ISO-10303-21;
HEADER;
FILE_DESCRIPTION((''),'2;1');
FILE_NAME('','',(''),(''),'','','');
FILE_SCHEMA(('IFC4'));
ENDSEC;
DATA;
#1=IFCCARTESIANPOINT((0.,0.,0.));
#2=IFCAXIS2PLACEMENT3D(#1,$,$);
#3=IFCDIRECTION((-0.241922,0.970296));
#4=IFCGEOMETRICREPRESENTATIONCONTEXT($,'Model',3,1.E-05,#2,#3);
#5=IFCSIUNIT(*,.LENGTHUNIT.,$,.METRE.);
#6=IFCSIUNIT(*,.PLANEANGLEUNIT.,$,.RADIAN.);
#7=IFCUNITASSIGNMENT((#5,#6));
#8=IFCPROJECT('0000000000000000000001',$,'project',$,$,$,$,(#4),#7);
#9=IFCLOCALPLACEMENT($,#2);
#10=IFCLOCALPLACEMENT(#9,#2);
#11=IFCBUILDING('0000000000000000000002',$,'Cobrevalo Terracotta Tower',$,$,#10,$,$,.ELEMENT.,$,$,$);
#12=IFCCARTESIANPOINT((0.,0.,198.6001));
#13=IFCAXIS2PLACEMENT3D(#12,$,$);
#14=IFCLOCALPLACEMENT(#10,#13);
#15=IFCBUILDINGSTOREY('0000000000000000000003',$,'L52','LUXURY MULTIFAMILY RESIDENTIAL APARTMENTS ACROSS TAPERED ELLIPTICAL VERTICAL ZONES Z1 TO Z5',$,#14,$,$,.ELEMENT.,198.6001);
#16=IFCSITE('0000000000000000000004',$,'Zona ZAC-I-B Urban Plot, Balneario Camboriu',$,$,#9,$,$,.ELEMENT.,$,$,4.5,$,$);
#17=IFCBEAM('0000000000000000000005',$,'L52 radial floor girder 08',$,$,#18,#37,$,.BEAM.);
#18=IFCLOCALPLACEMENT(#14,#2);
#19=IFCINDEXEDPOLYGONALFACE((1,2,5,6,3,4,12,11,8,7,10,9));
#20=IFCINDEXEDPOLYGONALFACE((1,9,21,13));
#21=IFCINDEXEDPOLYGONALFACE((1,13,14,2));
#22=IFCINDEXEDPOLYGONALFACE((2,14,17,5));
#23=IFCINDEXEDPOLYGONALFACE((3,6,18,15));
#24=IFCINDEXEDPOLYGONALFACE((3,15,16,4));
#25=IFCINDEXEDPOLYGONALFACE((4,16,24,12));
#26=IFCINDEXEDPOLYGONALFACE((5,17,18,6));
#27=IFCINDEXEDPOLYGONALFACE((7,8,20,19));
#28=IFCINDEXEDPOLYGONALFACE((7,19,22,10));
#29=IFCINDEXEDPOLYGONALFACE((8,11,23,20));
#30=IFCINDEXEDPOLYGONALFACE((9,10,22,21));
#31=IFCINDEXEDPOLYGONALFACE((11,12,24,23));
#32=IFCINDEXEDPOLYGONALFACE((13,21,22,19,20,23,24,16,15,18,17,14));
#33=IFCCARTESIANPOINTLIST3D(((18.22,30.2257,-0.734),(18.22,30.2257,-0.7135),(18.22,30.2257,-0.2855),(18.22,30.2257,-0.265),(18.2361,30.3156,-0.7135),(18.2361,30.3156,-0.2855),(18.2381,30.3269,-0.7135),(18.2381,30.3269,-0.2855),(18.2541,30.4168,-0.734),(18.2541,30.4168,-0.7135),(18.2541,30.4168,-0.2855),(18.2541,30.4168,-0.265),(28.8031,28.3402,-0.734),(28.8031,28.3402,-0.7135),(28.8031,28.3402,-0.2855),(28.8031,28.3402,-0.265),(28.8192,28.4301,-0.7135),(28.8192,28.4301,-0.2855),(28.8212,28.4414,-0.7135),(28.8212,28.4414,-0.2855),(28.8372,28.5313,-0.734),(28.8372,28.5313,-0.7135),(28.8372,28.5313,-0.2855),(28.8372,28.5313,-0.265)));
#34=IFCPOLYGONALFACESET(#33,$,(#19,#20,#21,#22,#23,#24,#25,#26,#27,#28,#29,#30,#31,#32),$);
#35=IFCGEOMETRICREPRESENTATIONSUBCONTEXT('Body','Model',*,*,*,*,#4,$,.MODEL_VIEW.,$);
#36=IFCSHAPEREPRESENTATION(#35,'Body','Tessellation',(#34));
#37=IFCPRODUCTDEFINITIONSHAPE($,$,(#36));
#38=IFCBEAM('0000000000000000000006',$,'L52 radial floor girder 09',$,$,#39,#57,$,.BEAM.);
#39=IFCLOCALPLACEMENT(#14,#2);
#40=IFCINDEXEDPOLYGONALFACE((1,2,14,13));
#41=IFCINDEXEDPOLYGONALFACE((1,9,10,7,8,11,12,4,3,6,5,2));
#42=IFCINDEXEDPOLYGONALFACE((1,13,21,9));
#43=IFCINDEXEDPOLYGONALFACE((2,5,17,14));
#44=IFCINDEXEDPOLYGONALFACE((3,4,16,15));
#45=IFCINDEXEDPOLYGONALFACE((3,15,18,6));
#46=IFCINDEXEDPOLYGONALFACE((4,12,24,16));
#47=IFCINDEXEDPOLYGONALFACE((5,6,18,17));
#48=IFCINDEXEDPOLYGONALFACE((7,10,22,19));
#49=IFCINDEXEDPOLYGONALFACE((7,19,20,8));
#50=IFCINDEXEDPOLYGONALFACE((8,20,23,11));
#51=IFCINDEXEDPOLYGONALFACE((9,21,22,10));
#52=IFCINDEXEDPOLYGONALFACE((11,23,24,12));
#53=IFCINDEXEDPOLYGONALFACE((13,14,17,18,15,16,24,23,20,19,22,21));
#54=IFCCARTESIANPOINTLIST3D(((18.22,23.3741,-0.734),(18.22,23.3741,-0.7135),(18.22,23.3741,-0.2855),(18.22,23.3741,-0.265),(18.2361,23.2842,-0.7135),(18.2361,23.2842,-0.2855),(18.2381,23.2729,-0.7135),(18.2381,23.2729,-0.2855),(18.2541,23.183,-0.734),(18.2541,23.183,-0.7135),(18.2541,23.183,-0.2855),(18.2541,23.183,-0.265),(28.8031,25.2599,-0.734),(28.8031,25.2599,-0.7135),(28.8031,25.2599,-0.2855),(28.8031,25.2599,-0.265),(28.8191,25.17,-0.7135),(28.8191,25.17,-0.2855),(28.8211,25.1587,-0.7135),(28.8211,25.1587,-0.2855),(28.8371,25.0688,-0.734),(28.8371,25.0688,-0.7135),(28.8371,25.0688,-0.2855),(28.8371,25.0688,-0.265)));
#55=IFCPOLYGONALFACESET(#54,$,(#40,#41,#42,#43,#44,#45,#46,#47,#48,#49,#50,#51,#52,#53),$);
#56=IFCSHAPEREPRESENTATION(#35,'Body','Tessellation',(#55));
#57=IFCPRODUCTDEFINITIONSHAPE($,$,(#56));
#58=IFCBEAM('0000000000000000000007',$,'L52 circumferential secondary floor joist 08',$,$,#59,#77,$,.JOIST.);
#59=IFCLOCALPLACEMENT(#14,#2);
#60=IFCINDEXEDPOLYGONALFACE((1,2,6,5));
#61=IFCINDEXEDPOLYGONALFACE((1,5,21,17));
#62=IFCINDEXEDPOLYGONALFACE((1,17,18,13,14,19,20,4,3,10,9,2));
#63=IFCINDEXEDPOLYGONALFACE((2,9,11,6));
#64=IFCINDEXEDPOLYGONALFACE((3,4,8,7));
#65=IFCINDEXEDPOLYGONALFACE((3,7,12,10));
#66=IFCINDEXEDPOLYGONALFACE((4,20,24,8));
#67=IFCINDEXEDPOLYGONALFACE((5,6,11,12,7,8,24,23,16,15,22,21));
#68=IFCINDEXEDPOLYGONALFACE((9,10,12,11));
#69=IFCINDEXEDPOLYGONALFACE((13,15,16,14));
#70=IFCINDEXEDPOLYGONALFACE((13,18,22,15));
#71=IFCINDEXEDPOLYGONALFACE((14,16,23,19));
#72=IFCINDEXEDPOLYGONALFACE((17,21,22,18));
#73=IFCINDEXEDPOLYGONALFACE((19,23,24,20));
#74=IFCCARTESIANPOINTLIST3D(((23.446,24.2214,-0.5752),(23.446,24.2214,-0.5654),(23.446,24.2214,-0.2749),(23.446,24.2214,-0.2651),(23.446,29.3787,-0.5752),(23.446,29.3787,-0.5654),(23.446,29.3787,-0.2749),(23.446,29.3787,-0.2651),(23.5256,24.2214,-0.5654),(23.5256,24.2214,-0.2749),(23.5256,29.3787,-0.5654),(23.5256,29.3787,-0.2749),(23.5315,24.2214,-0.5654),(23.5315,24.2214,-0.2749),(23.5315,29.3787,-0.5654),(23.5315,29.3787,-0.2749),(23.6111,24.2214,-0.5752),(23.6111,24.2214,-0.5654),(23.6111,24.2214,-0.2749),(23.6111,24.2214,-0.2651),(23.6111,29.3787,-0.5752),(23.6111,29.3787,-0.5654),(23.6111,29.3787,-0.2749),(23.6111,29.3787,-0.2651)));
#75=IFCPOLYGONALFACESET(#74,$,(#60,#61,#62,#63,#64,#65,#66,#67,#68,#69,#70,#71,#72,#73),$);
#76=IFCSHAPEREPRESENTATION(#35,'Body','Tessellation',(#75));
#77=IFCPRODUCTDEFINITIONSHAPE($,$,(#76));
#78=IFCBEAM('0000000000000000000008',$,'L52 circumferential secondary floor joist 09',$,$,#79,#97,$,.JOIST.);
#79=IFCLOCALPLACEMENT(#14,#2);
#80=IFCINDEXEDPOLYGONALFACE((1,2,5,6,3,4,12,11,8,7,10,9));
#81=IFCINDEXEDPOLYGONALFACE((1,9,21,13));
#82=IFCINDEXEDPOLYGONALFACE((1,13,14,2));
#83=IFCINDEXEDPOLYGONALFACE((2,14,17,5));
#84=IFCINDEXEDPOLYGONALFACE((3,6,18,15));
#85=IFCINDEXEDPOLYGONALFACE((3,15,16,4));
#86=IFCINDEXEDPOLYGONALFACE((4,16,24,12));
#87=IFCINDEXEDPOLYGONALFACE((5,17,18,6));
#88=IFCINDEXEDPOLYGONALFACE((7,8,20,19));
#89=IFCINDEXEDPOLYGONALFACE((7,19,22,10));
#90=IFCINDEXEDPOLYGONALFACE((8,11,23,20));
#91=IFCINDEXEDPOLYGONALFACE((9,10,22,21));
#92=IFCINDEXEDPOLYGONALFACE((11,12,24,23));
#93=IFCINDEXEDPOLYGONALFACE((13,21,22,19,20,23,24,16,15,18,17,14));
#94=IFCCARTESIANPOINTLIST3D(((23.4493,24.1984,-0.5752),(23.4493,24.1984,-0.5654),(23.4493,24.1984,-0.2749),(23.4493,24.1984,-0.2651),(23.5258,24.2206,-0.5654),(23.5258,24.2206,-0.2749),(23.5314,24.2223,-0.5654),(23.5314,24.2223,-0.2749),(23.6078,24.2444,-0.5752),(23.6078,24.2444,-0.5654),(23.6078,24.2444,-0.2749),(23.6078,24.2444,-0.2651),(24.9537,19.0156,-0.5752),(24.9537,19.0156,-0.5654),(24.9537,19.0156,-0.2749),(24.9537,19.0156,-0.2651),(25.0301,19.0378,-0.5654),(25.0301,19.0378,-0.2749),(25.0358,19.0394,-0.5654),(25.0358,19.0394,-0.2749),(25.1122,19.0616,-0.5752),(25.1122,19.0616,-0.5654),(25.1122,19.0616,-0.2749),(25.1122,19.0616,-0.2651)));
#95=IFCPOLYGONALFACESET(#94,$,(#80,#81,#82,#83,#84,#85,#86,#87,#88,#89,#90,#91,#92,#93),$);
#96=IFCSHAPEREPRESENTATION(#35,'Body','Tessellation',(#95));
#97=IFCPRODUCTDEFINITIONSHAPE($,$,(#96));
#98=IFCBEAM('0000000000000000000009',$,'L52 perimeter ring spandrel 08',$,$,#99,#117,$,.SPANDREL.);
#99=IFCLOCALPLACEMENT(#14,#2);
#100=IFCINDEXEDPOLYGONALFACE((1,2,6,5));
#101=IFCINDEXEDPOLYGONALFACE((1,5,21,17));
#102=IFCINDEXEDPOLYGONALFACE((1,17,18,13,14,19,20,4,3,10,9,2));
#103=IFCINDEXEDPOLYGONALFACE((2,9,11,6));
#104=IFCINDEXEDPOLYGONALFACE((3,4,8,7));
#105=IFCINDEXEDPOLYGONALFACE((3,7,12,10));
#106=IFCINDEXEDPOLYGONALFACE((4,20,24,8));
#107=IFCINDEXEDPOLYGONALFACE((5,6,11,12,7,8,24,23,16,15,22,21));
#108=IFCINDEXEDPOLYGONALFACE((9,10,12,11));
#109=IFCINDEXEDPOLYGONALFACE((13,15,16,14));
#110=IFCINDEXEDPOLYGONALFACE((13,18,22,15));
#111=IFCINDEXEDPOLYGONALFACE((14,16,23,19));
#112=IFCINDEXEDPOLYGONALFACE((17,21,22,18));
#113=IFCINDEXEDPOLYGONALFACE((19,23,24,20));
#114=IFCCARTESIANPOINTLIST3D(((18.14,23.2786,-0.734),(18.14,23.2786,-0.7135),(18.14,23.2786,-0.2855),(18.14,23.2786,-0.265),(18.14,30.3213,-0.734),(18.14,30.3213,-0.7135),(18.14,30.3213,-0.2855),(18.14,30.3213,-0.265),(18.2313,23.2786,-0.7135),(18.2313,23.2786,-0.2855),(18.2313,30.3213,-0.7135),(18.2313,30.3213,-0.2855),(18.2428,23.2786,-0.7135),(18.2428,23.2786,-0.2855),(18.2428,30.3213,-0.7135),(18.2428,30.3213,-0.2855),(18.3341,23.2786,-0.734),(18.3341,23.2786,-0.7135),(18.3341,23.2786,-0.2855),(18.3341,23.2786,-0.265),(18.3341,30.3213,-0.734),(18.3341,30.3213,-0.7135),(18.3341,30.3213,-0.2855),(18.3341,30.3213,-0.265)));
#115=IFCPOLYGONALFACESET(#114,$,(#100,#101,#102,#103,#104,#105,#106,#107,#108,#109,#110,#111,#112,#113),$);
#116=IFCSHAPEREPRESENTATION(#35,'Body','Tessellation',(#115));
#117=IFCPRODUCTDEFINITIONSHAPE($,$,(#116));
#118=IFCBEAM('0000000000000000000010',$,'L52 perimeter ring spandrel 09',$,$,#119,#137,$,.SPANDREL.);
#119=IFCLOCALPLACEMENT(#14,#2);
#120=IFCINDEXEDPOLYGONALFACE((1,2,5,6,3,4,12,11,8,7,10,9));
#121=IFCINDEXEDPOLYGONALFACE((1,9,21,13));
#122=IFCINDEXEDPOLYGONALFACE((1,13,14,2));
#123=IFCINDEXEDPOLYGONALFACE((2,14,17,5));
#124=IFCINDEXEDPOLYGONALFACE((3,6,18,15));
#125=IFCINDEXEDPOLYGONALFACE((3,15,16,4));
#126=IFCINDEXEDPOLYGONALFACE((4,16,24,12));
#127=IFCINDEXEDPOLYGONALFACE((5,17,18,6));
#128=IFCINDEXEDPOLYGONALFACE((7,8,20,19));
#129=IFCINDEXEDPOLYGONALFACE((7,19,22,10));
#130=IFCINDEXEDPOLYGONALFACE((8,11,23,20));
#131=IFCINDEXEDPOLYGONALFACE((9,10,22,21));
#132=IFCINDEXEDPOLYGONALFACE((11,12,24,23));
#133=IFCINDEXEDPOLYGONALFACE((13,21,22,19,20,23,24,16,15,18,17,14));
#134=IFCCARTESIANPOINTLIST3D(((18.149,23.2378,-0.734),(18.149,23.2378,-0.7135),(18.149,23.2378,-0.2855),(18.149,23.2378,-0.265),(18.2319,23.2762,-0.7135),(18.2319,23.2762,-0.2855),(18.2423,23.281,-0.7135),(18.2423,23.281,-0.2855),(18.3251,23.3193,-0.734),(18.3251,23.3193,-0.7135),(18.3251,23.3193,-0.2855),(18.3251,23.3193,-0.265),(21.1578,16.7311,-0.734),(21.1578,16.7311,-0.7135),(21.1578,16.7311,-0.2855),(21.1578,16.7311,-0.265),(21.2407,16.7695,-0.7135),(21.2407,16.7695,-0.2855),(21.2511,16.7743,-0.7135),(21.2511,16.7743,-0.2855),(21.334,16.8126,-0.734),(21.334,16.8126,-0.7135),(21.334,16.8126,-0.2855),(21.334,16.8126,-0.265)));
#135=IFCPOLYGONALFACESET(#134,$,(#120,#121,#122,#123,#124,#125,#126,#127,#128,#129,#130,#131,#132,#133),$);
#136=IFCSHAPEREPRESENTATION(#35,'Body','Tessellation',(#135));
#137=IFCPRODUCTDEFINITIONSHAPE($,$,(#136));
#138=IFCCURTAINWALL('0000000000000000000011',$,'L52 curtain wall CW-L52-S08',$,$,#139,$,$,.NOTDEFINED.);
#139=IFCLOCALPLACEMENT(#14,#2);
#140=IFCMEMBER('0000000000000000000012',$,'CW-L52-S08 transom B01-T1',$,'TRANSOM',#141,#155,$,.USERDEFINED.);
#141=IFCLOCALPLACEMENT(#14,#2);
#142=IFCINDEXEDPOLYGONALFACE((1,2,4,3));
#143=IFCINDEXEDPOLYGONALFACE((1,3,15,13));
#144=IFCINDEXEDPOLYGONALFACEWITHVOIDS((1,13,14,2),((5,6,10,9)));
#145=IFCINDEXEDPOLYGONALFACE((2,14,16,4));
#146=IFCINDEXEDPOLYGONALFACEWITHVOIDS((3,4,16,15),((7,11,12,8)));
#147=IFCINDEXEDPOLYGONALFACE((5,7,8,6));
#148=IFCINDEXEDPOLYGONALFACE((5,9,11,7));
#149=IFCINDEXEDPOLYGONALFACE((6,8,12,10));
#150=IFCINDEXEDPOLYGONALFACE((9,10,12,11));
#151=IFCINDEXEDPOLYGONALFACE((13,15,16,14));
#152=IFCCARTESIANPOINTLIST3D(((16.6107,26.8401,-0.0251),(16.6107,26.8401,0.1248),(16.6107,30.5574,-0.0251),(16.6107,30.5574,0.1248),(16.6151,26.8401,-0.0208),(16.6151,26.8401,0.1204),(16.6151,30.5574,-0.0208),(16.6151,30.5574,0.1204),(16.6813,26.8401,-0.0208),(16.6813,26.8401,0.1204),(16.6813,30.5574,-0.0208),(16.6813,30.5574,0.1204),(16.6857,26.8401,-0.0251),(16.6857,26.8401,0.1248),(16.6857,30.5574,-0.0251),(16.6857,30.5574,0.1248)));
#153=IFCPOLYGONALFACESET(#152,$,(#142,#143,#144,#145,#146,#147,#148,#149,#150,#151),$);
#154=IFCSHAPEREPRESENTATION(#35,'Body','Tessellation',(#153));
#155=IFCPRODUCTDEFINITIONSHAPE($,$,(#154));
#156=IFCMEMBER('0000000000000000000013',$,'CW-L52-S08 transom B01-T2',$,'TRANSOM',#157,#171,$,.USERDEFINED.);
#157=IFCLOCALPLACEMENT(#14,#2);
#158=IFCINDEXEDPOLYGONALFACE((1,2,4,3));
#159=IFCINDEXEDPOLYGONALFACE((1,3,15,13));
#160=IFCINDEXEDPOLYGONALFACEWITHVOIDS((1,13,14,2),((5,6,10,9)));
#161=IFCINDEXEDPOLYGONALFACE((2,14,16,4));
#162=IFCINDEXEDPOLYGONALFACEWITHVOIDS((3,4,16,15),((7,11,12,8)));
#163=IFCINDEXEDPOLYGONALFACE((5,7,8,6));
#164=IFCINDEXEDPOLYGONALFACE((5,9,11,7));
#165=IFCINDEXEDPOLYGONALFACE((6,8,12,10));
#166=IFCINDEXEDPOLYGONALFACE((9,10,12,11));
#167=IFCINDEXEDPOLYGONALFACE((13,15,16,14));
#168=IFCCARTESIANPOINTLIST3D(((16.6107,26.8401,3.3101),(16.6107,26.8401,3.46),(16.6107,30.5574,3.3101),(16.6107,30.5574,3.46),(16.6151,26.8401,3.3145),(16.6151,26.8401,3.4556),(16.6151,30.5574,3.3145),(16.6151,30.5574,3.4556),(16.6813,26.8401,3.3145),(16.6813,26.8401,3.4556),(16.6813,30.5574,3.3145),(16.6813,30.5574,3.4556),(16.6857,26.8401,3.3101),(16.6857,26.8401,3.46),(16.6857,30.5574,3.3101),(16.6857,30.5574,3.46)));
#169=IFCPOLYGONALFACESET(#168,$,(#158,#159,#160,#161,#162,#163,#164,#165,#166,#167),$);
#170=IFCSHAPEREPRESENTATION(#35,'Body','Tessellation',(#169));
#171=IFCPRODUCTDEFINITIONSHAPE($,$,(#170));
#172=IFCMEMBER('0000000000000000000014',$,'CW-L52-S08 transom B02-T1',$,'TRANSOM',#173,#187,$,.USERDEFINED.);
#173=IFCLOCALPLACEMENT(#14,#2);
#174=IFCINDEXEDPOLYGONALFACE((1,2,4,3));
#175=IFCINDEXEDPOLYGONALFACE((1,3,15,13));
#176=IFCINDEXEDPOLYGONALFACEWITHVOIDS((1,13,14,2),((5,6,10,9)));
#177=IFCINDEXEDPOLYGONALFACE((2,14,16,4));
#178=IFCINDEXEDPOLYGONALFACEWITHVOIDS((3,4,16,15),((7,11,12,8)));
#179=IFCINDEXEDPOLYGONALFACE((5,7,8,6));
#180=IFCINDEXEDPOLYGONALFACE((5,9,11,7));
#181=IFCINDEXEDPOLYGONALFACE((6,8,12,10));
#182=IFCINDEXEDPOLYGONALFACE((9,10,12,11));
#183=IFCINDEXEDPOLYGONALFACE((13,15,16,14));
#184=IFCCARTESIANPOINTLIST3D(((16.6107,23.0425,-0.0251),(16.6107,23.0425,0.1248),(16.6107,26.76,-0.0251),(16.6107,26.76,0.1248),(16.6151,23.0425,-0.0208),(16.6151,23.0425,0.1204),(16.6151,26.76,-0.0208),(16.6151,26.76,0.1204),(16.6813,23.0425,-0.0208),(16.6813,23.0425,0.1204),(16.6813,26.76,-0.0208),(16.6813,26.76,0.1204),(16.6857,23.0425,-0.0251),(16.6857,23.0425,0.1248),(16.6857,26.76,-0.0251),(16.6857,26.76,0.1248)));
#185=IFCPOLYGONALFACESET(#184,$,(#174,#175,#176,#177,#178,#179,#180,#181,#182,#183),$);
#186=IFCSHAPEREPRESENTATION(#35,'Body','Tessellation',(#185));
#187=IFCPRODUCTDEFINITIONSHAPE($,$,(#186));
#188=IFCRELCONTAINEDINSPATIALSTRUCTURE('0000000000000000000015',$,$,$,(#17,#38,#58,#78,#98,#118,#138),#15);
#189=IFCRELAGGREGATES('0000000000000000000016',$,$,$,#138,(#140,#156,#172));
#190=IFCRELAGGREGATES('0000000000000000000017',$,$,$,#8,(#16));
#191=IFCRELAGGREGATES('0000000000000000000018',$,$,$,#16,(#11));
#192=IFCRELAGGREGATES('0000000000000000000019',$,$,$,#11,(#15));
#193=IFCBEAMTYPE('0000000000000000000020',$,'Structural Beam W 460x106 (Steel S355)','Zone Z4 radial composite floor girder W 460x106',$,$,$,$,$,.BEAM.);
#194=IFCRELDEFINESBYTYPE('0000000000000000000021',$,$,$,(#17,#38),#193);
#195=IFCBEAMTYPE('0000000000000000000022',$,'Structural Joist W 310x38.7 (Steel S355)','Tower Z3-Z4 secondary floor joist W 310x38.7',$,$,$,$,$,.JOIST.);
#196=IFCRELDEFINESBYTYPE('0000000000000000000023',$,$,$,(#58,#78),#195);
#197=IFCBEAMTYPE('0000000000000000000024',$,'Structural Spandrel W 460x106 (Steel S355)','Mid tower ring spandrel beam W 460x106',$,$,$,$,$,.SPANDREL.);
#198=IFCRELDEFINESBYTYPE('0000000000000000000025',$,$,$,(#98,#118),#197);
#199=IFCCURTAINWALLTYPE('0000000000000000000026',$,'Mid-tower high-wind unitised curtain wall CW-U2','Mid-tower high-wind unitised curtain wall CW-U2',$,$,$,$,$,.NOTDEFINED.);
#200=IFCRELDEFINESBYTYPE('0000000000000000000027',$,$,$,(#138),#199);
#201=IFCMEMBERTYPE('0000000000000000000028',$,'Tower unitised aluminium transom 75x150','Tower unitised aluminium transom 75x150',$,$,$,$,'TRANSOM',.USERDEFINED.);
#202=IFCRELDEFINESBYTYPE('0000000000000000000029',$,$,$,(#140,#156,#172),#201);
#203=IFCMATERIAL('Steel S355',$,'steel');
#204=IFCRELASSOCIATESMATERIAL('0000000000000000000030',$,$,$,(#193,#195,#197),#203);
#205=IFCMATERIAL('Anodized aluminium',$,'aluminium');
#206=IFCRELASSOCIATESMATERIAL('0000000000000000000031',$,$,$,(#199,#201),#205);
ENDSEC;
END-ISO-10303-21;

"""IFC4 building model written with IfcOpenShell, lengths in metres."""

from ifc_helpers import new_model, si_unit, direction, frame, origin, origin_2d, place, context, subcontext, project, spatial, hollow_rectangle, i_section, extrude, source, transform, mapped, material, material_profile, profile_set, type_object, element, aggregate, save


model = new_model("IFC4")

# Units and contexts
model_context = context("Model", 3, precision=1e-05, world=origin(), true_north=direction((-0.241922, 0.970296)))
body_context = subcontext(model_context, "Body", "Model", "MODEL_VIEW")
ifc_project = project(units=[si_unit("LENGTHUNIT", "METRE"), si_unit("PLANEANGLEUNIT", "RADIAN")], contexts=[model_context])

# Site, building, storey
site_placement = place(None, origin())
site = spatial("IfcSite", under=ifc_project, at=site_placement, Name="Zona ZAC-I-B Urban Plot, Balneario Camboriu", CompositionType="ELEMENT", RefElevation=4.5)
building_placement = place(site_placement, origin())
building = spatial("IfcBuilding", under=site, at=building_placement, Name="Cobrevalo Terracotta Tower", CompositionType="ELEMENT")
storey_placement = place(building_placement, frame((0.0, 0.0, 198.6001)))
storey = spatial("IfcBuildingStorey", under=building, at=storey_placement, Name="L52", Description="LUXURY MULTIFAMILY RESIDENTIAL APARTMENTS ACROSS TAPERED ELLIPTICAL VERTICAL ZONES Z1 TO Z5", CompositionType="ELEMENT", Elevation=198.6001)

# Shared definitions
ifc_material_1 = material(Name="Steel S355", Category="steel")

# Beams
ifc_material_profile_1 = material_profile(ifc_material_1, i_section(OverallWidth=0.1941, OverallDepth=0.469, WebThickness=0.0115, FlangeThickness=0.0205, at=origin_2d()), Name="W 460x106")
ifc_profile_set_1 = profile_set([ifc_material_profile_1], Name="Steel S355")
beam_type_1 = type_object("IfcBeamType", Name="Structural Beam W 460x106 (Steel S355)", Description="Zone Z4 radial composite floor girder W 460x106", PredefinedType="BEAM", material=ifc_profile_set_1)
for number, where, z_axis, x_axis, name in (
    (1, (18.2371, 30.3213, -0.4995), (0.984497, -0.175401, 0.0), (0.175401, 0.984497, 0.0), "L52 radial floor girder 08"),
    (2, (18.2371, 23.2786, -0.4995), (0.984493, 0.175423, 0.0), (-0.175423, 0.984493, 0.0), "L52 radial floor girder 09"),
):
    element("IfcBeam", number, at=place(storey_placement, frame(where, z_axis=z_axis, x_axis=x_axis)), inside=storey, type_object=beam_type_1, Name=name, PredefinedType="BEAM", context=body_context, shape_type="SweptSolid", body=[
        extrude(i_section(OverallWidth=0.1941, OverallDepth=0.469, WebThickness=0.0115, FlangeThickness=0.0205, at=origin_2d()), origin(), (0.0, 0.0, 1.0), 10.7498),
    ])
ifc_material_profile_2 = material_profile(ifc_material_1, i_section(OverallWidth=0.165, OverallDepth=0.3101, WebThickness=0.0059, FlangeThickness=0.0098, at=origin_2d()), Name="W 310x38.7")
ifc_profile_set_2 = profile_set([ifc_material_profile_2], Name="Steel S355")
beam_type_2 = type_object("IfcBeamType", Name="Structural Joist W 310x38.7 (Steel S355)", Description="Tower Z3-Z4 secondary floor joist W 310x38.7", PredefinedType="JOIST", material=ifc_profile_set_2)
beam_1_placement = place(storey_placement, frame((23.5286, 29.3787, -0.4202), z_axis=(0.0, -1.0, 0.0), x_axis=(1.0, 0.0, 0.0)))
element("IfcBeam", 3, at=beam_1_placement, inside=storey, type_object=beam_type_2, Name="L52 circumferential secondary floor joist 08", PredefinedType="JOIST", context=body_context, shape_type="SweptSolid", body=[
    extrude(i_section(OverallWidth=0.165, OverallDepth=0.3101, WebThickness=0.0059, FlangeThickness=0.0098, at=origin_2d()), origin(), (0.0, 0.0, 1.0), 5.1572),
])
beam_2_placement = place(storey_placement, frame((23.5286, 24.2214, -0.4202), z_axis=(0.278758, -0.960361, 0.0), x_axis=(0.960361, 0.278758, 0.0)))
element("IfcBeam", 4, at=beam_2_placement, inside=storey, type_object=beam_type_2, Name="L52 circumferential secondary floor joist 09", PredefinedType="JOIST", context=body_context, shape_type="SweptSolid", body=[
    extrude(i_section(OverallWidth=0.165, OverallDepth=0.3101, WebThickness=0.0059, FlangeThickness=0.0098, at=origin_2d()), origin(), (0.0, 0.0, 1.0), 5.3967),
])
ifc_material_profile_3 = material_profile(ifc_material_1, i_section(OverallWidth=0.1941, OverallDepth=0.469, WebThickness=0.0115, FlangeThickness=0.0205, at=origin_2d()), Name="W 460x106")
ifc_profile_set_3 = profile_set([ifc_material_profile_3], Name="Steel S355")
beam_type_3 = type_object("IfcBeamType", Name="Structural Spandrel W 460x106 (Steel S355)", Description="Mid tower ring spandrel beam W 460x106", PredefinedType="SPANDREL", material=ifc_profile_set_3)
beam_3_placement = place(storey_placement, frame((18.2371, 30.3213, -0.4995), z_axis=(0.0, -1.0, 0.0), x_axis=(1.0, 0.0, 0.0)))
element("IfcBeam", 5, at=beam_3_placement, inside=storey, type_object=beam_type_3, Name="L52 perimeter ring spandrel 08", PredefinedType="SPANDREL", context=body_context, shape_type="SweptSolid", body=[
    extrude(i_section(OverallWidth=0.1941, OverallDepth=0.469, WebThickness=0.0115, FlangeThickness=0.0205, at=origin_2d()), origin(), (0.0, 0.0, 1.0), 7.0427),
])
beam_4_placement = place(storey_placement, frame((18.2371, 23.2786, -0.4995), z_axis=(0.419719, -0.907654, 0.0), x_axis=(0.907654, 0.419719, 0.0)))
element("IfcBeam", 6, at=beam_4_placement, inside=storey, type_object=beam_type_3, Name="L52 perimeter ring spandrel 09", PredefinedType="SPANDREL", context=body_context, shape_type="SweptSolid", body=[
    extrude(i_section(OverallWidth=0.1941, OverallDepth=0.469, WebThickness=0.0115, FlangeThickness=0.0205, at=origin_2d()), origin(), (0.0, 0.0, 1.0), 7.1687),
])

# Curtain wall, members
ifc_material_2 = material(Name="Anodized aluminium", Category="aluminium")
curtain_wall_type = type_object("IfcCurtainWallType", Name="Mid-tower high-wind unitised curtain wall CW-U2", Description="Mid-tower high-wind unitised curtain wall CW-U2", PredefinedType="NOTDEFINED", material=ifc_material_2)
curtain_wall_1_placement = place(storey_placement, origin())
curtain_wall_1 = element("IfcCurtainWall", 7, at=curtain_wall_1_placement, inside=storey, type_object=curtain_wall_type, Name="L52 curtain wall CW-L52-S08", PredefinedType="NOTDEFINED")
ifc_material_profile_4 = material_profile(ifc_material_2, hollow_rectangle(XDim=0.075, YDim=0.1499, WallThickness=0.0044, at=origin_2d()), Name="CWT 75x150")
ifc_profile_set_4 = profile_set([ifc_material_profile_4], Name="Anodized aluminium")
member_type_1 = type_object("IfcMemberType", Name="Tower unitised aluminium transom 75x150", Description="Tower unitised aluminium transom 75x150", ElementType="TRANSOM", PredefinedType="USERDEFINED", material=ifc_profile_set_4)
shared_shape_1 = source(origin(), body_context, "Body", "SweptSolid", [
    extrude(hollow_rectangle(XDim=0.075, YDim=0.1499, WallThickness=0.0044, at=origin_2d()), origin(), (0.0, 0.0, 1.0), 3.7173),
])
member_1_placement = place(storey_placement, frame((16.6482, 30.5574, 0.0498), z_axis=(0.0, -1.0, 0.0), x_axis=(1.0, 0.0, 0.0)))
member_1 = element("IfcMember", 8, at=member_1_placement, type_object=member_type_1, Name="CW-L52-S08 transom B01-T1", ObjectType="TRANSOM", PredefinedType="USERDEFINED", context=body_context, shape_type="MappedRepresentation", body=[
    mapped(shared_shape_1, transform((0.0, 0.0, 0.0), scale=1.0)),
])
member_2_placement = place(storey_placement, frame((16.6482, 30.5574, 3.385), z_axis=(0.0, -1.0, 0.0), x_axis=(1.0, 0.0, 0.0)))
member_2 = element("IfcMember", 9, at=member_2_placement, type_object=member_type_1, Name="CW-L52-S08 transom B01-T2", ObjectType="TRANSOM", PredefinedType="USERDEFINED", context=body_context, shape_type="MappedRepresentation", body=[
    mapped(shared_shape_1, transform((0.0, 0.0, 0.0), scale=1.0)),
])
shared_shape_2 = source(origin(), body_context, "Body", "SweptSolid", [
    extrude(hollow_rectangle(XDim=0.075, YDim=0.1499, WallThickness=0.0044, at=origin_2d()), origin(), (0.0, 0.0, 1.0), 3.7175),
])
member_3_placement = place(storey_placement, frame((16.6482, 26.76, 0.0498), z_axis=(0.0, -1.0, 0.0), x_axis=(1.0, 0.0, 0.0)))
member_3 = element("IfcMember", 10, at=member_3_placement, type_object=member_type_1, Name="CW-L52-S08 transom B02-T1", ObjectType="TRANSOM", PredefinedType="USERDEFINED", context=body_context, shape_type="MappedRepresentation", body=[
    mapped(shared_shape_2, transform((0.0, 0.0, 0.0), scale=1.0)),
])

aggregate(curtain_wall_1, [member_1, member_2, member_3])

save(model, "model.ifc")
